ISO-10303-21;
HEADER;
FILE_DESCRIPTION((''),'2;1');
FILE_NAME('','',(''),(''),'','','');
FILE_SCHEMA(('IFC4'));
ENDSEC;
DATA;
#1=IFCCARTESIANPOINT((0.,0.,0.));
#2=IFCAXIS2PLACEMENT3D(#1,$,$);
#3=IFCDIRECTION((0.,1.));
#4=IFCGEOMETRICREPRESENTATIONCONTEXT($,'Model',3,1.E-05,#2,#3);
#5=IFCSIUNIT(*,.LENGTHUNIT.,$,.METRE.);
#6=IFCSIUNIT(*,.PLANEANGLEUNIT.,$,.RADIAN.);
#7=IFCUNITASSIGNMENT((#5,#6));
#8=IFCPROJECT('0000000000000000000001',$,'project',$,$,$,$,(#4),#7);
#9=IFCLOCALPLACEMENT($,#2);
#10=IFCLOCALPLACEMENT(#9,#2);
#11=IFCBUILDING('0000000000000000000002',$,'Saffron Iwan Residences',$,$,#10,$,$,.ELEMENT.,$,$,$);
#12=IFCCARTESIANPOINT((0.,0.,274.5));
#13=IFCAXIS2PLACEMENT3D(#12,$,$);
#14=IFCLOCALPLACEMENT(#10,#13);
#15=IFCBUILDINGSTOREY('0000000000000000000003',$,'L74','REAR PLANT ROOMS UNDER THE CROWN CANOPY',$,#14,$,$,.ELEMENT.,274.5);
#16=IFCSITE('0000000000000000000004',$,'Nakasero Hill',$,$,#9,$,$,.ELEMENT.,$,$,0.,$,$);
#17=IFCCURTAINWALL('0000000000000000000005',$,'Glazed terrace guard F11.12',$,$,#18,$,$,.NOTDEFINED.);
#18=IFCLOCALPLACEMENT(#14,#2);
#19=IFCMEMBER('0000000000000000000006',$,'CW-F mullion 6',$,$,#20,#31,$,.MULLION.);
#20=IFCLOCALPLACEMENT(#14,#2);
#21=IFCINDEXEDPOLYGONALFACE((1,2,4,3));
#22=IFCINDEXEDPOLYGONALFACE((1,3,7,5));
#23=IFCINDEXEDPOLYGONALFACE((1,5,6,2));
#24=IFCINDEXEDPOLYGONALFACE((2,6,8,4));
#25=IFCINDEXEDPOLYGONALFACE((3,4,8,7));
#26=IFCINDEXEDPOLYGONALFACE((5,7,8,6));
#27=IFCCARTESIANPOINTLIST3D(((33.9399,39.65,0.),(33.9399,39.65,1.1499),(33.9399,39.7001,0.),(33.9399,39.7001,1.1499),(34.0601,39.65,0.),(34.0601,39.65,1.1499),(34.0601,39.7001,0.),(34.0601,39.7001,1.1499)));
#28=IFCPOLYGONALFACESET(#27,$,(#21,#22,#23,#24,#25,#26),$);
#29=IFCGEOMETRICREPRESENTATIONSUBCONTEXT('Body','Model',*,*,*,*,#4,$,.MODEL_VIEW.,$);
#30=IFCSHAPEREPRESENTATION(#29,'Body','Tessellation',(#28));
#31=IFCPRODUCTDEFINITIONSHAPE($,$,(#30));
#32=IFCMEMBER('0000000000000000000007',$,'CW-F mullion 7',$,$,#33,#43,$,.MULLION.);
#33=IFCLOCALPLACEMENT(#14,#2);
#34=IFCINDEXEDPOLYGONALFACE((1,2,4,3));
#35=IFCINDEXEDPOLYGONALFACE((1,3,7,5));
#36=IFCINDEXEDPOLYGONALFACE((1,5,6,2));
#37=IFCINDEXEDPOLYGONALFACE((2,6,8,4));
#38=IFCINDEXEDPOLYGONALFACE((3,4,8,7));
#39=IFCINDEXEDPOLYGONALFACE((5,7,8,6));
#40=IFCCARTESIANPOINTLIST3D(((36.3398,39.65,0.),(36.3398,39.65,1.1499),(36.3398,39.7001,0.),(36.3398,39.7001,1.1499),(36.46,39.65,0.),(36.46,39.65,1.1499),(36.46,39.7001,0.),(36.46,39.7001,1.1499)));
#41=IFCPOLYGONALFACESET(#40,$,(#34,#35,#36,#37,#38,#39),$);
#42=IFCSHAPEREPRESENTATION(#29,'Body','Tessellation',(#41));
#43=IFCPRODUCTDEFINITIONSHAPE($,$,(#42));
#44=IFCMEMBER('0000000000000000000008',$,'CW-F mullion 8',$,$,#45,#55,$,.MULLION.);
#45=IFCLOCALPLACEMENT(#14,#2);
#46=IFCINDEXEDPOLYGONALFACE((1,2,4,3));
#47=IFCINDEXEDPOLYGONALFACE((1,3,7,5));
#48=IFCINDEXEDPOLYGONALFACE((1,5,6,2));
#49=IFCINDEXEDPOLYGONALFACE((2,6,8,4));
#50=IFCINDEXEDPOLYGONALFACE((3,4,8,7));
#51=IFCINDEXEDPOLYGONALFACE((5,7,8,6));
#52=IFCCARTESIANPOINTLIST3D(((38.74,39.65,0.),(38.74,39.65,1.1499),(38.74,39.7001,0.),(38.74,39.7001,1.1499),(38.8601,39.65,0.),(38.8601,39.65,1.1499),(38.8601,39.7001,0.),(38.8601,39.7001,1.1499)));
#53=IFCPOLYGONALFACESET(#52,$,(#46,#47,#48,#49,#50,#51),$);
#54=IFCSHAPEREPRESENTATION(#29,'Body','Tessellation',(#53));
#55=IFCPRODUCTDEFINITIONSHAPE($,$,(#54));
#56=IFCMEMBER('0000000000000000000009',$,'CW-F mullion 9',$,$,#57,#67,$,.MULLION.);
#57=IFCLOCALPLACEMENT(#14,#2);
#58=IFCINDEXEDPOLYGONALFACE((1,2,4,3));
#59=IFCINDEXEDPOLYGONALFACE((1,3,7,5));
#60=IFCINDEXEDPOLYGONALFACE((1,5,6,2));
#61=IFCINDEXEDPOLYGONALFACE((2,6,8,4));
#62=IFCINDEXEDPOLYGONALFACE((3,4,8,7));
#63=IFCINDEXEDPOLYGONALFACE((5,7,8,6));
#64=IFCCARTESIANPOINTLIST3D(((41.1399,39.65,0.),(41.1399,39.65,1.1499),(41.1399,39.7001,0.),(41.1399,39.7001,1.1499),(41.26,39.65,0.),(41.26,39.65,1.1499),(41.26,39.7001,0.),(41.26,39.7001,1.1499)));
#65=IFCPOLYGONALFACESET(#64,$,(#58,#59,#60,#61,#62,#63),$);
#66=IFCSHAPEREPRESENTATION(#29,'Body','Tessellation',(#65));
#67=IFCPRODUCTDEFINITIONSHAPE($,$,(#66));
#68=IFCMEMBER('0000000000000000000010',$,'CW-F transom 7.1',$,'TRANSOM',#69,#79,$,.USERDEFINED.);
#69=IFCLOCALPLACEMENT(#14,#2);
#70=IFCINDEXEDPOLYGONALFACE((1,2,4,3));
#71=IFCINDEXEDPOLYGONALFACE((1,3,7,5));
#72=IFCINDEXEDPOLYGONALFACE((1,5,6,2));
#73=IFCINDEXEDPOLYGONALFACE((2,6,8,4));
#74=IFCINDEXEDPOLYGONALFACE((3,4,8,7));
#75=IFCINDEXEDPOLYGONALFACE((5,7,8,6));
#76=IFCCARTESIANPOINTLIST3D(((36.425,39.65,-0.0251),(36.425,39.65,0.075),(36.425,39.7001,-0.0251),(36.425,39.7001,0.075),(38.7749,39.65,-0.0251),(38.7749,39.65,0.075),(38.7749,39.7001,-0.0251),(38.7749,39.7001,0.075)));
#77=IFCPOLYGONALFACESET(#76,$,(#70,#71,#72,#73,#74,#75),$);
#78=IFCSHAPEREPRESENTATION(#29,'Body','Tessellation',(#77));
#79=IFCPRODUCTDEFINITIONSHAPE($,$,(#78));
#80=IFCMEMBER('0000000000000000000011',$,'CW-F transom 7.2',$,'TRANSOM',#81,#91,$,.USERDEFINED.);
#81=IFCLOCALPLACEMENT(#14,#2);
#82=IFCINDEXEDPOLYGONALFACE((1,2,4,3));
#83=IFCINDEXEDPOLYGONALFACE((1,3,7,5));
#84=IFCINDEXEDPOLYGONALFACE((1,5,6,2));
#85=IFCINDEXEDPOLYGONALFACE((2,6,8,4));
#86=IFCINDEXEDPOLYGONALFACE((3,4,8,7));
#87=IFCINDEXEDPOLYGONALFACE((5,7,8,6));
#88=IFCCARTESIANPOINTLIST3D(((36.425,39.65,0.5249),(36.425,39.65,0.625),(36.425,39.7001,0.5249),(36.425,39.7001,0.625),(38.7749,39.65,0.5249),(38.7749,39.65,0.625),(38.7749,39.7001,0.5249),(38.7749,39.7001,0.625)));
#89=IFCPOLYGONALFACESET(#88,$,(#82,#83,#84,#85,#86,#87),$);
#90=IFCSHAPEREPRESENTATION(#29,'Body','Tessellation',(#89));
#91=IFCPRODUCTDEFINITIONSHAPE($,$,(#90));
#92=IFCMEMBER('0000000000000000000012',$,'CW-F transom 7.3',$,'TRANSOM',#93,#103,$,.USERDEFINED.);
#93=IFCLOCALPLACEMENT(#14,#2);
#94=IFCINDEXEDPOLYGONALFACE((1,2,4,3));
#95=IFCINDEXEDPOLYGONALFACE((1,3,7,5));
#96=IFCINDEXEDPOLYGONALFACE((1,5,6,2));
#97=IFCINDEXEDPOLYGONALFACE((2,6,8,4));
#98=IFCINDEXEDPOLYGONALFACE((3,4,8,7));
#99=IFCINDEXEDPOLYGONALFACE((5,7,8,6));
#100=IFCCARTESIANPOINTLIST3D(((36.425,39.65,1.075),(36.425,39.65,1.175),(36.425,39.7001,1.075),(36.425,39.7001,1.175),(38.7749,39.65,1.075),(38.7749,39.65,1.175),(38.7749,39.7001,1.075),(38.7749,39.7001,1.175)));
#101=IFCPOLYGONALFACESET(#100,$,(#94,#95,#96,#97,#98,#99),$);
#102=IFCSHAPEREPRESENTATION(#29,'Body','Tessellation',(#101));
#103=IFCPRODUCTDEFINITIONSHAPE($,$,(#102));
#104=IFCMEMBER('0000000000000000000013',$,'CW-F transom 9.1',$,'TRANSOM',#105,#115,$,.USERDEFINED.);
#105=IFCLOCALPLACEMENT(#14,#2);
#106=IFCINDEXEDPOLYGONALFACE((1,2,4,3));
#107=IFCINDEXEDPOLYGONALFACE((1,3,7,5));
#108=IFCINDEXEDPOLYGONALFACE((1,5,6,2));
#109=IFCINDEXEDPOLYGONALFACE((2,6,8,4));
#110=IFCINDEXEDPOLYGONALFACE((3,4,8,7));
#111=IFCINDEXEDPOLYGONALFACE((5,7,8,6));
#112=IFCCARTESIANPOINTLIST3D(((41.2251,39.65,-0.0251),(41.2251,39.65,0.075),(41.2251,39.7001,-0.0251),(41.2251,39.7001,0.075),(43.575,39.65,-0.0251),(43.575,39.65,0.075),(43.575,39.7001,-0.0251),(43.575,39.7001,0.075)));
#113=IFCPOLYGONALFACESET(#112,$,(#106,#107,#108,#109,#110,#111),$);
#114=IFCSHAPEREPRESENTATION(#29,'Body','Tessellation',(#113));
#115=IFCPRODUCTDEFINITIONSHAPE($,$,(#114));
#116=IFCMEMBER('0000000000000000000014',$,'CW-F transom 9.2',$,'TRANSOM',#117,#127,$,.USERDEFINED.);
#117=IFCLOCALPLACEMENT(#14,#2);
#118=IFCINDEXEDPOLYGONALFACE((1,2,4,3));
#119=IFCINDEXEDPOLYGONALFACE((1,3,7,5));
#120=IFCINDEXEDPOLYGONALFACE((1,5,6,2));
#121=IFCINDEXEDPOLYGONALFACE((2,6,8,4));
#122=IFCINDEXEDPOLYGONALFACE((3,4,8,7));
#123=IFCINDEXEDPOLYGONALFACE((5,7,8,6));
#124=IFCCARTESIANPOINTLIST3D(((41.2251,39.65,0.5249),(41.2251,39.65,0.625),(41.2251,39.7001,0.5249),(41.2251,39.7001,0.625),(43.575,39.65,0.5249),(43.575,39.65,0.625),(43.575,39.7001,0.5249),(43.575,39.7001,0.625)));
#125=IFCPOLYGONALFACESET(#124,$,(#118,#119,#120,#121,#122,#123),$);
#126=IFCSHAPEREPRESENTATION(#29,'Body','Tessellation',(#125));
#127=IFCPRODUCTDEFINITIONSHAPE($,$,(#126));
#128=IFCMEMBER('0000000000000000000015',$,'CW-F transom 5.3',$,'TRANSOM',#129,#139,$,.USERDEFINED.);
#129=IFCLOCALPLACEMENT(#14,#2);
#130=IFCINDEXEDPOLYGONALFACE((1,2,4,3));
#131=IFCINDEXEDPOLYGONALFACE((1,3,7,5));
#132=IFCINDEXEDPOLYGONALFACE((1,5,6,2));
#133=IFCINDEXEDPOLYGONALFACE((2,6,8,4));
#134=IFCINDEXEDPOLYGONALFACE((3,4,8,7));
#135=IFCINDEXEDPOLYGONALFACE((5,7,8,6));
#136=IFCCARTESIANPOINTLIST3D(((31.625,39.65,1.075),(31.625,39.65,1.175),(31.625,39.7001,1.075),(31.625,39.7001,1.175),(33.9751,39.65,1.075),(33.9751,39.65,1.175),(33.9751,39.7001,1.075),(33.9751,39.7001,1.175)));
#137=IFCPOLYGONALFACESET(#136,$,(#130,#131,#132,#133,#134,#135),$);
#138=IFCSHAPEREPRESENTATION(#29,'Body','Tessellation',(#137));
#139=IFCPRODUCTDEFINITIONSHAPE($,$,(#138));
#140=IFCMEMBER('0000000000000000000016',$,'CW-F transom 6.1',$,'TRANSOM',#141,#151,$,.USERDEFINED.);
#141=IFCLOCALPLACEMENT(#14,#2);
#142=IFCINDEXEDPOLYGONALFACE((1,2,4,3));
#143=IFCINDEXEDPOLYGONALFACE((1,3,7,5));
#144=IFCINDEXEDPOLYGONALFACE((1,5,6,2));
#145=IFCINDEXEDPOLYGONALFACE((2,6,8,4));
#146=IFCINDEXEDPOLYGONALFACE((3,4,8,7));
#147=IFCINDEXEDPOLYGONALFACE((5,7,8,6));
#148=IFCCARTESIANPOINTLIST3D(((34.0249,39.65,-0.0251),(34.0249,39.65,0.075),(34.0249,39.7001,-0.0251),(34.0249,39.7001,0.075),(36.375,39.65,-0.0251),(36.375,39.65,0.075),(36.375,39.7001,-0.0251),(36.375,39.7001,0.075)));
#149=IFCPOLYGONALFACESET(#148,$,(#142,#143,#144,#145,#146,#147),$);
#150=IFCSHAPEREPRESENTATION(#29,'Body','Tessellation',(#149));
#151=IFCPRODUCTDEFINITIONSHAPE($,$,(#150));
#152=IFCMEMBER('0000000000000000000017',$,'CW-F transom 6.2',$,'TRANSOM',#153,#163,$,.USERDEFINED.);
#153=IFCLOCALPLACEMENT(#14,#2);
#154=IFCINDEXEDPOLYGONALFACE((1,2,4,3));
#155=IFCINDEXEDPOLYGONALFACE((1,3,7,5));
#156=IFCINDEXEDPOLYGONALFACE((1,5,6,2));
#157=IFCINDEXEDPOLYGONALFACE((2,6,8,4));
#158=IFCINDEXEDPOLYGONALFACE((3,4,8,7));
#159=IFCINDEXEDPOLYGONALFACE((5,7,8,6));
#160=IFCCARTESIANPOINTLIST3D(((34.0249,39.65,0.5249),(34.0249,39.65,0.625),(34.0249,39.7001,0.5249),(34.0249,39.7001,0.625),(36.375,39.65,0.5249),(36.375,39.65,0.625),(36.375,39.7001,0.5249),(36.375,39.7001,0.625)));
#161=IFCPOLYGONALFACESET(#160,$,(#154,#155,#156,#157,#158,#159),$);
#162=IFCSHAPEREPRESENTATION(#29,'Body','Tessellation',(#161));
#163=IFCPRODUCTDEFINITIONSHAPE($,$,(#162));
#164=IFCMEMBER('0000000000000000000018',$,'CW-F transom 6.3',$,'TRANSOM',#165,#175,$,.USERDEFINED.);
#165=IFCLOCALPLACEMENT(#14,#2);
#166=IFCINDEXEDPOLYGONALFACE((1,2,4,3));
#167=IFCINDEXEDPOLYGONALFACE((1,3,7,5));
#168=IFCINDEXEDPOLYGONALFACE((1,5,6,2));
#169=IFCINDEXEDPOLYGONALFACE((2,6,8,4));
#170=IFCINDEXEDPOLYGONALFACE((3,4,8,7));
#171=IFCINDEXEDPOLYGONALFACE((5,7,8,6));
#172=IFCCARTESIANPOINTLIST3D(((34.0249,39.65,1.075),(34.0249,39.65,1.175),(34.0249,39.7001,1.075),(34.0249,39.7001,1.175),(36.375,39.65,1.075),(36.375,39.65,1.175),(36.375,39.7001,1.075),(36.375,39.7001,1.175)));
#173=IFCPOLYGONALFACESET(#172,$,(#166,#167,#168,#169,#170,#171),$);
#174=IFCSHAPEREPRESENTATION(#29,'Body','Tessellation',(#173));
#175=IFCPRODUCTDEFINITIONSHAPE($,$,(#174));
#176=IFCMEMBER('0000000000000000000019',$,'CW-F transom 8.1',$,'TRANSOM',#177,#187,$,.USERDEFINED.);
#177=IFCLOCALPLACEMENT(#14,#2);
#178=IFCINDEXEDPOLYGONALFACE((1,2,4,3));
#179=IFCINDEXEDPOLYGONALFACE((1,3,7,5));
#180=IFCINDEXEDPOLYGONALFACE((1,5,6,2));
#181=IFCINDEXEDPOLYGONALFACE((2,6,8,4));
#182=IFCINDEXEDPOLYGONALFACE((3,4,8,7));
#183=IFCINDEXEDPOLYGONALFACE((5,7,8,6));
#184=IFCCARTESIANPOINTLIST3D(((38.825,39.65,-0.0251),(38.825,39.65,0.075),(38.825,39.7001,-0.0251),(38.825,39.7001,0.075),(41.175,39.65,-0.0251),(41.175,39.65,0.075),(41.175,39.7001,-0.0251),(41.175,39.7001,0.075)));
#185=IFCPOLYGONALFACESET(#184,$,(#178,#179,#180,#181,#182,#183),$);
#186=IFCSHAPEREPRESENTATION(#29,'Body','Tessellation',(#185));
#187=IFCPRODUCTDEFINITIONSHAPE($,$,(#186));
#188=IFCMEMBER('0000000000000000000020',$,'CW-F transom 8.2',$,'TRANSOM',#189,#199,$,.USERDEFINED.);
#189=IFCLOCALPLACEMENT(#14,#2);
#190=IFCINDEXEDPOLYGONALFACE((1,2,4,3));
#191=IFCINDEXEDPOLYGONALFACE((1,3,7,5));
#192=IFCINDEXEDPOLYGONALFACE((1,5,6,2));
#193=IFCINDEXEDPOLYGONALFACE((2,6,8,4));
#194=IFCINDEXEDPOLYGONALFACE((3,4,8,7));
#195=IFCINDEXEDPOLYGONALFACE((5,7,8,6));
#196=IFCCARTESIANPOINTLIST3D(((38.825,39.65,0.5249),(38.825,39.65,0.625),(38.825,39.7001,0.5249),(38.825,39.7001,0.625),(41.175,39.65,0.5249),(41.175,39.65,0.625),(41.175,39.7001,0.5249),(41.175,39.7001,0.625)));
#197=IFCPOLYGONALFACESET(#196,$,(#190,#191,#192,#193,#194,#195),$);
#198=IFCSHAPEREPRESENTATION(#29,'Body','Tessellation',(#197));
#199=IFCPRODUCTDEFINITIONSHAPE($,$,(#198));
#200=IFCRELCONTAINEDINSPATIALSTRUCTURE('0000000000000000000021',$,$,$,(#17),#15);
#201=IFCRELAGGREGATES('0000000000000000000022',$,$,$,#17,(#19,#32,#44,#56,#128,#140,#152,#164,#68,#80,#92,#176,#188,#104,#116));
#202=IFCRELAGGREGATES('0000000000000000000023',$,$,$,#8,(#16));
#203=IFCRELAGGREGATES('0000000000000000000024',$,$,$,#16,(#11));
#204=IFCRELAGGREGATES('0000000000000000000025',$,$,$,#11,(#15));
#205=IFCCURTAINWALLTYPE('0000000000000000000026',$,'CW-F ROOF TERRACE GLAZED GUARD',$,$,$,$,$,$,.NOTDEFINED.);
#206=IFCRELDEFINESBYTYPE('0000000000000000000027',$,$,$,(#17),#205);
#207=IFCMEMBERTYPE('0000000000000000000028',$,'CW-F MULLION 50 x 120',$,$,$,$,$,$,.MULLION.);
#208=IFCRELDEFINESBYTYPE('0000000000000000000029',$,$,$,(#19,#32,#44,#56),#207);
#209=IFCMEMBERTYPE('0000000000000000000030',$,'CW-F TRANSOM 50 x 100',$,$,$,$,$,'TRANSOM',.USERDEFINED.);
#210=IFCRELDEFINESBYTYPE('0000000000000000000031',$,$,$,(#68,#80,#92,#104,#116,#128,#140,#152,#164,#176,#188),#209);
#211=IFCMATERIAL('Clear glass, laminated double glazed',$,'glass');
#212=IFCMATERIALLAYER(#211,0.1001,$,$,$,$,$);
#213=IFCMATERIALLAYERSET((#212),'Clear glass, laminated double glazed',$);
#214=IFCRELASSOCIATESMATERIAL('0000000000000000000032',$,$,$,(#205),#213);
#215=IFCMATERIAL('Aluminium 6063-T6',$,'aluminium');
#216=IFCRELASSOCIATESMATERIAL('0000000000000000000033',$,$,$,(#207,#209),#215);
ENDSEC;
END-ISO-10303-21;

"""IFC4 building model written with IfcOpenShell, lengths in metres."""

from ifc_helpers import new_model, si_unit, direction, frame, origin, origin_2d, place, context, subcontext, project, spatial, rectangle, extrude, source, transform, mapped, material, layer, layer_set, material_profile, profile_set, type_object, element, aggregate, save


model = new_model("IFC4")

# Units and contexts
model_context = context("Model", 3, precision=1e-05, world=origin(), true_north=direction((0.0, 1.0)))
body_context = subcontext(model_context, "Body", "Model", "MODEL_VIEW")
ifc_project = project(units=[si_unit("LENGTHUNIT", "METRE"), si_unit("PLANEANGLEUNIT", "RADIAN")], contexts=[model_context])

# Site, building, storey
site_placement = place(None, origin())
site = spatial("IfcSite", under=ifc_project, at=site_placement, Name="Nakasero Hill", CompositionType="ELEMENT", RefElevation=0.0)
building_placement = place(site_placement, origin())
building = spatial("IfcBuilding", under=site, at=building_placement, Name="Saffron Iwan Residences", CompositionType="ELEMENT")
storey_placement = place(building_placement, frame((0.0, 0.0, 274.5)))
storey = spatial("IfcBuildingStorey", under=building, at=storey_placement, Name="L74", Description="REAR PLANT ROOMS UNDER THE CROWN CANOPY", CompositionType="ELEMENT", Elevation=274.5)

# Curtain wall, members
ifc_material_1 = material(Name="Clear glass, laminated double glazed", Category="glass")
ifc_layer_1 = layer(ifc_material_1, 0.1001)
ifc_layer_set_1 = layer_set([ifc_layer_1], Name="Clear glass, laminated double glazed")
curtain_wall_type = type_object("IfcCurtainWallType", Name="CW-F ROOF TERRACE GLAZED GUARD", PredefinedType="NOTDEFINED", material=ifc_layer_set_1)
curtain_wall_placement = place(storey_placement, origin())
curtain_wall = element("IfcCurtainWall", 1, at=curtain_wall_placement, inside=storey, type_object=curtain_wall_type, Name="Glazed terrace guard F11.12", PredefinedType="NOTDEFINED")
ifc_material_2 = material(Name="Aluminium 6063-T6", Category="aluminium")
ifc_material_profile_1 = material_profile(ifc_material_2, rectangle(XDim=0.05, YDim=0.1201, at=origin_2d()), Name="CW-F MULLION 50 x 120")
ifc_profile_set_1 = profile_set([ifc_material_profile_1], Name="Aluminium 6063-T6")
member_type_1 = type_object("IfcMemberType", Name="CW-F MULLION 50 x 120", PredefinedType="MULLION", material=ifc_profile_set_1)
shared_shape_1 = source(origin(), body_context, "Body", "SweptSolid", [
    extrude(rectangle(XDim=0.05, YDim=0.1201, at=origin_2d()), origin(), (0.0, 0.0, 1.0), 1.1499),
])
member_1_placement = place(storey_placement, frame((34.0, 39.675, 0.0), z_axis=(0.0, 0.0, 1.0), x_axis=(0.0, 1.0, 0.0)))
member_1 = element("IfcMember", 2, at=member_1_placement, type_object=member_type_1, Name="CW-F mullion 6", PredefinedType="MULLION", context=body_context, shape_type="MappedRepresentation", body=[
    mapped(shared_shape_1, transform((0.0, 0.0, 0.0))),
])
member_2_placement = place(storey_placement, frame((36.3999, 39.675, 0.0), z_axis=(0.0, 0.0, 1.0), x_axis=(0.0, 1.0, 0.0)))
member_2 = element("IfcMember", 3, at=member_2_placement, type_object=member_type_1, Name="CW-F mullion 7", PredefinedType="MULLION", context=body_context, shape_type="MappedRepresentation", body=[
    mapped(shared_shape_1, transform((0.0, 0.0, 0.0))),
])
member_3_placement = place(storey_placement, frame((38.8, 39.675, 0.0), z_axis=(0.0, 0.0, 1.0), x_axis=(0.0, 1.0, 0.0)))
member_3 = element("IfcMember", 4, at=member_3_placement, type_object=member_type_1, Name="CW-F mullion 8", PredefinedType="MULLION", context=body_context, shape_type="MappedRepresentation", body=[
    mapped(shared_shape_1, transform((0.0, 0.0, 0.0))),
])
member_4_placement = place(storey_placement, frame((41.2, 39.675, 0.0), z_axis=(0.0, 0.0, 1.0), x_axis=(0.0, 1.0, 0.0)))
member_4 = element("IfcMember", 5, at=member_4_placement, type_object=member_type_1, Name="CW-F mullion 9", PredefinedType="MULLION", context=body_context, shape_type="MappedRepresentation", body=[
    mapped(shared_shape_1, transform((0.0, 0.0, 0.0))),
])
ifc_material_profile_2 = material_profile(ifc_material_2, rectangle(XDim=0.05, YDim=0.1001, at=origin_2d()), Name="CW-F TRANSOM 50 x 100")
ifc_profile_set_2 = profile_set([ifc_material_profile_2], Name="Aluminium 6063-T6")
member_type_2 = type_object("IfcMemberType", Name="CW-F TRANSOM 50 x 100", ElementType="TRANSOM", PredefinedType="USERDEFINED", material=ifc_profile_set_2)
shared_shape_2 = source(origin(), body_context, "Body", "SweptSolid", [
    extrude(rectangle(XDim=0.05, YDim=0.1001, at=origin_2d()), origin(), (0.0, 0.0, 1.0), 2.3499),
])
member_5_placement = place(storey_placement, frame((36.425, 39.675, 0.0249), z_axis=(1.0, 0.0, 0.0), x_axis=(0.0, 1.0, 0.0)))
member_5 = element("IfcMember", 6, at=member_5_placement, type_object=member_type_2, Name="CW-F transom 7.1", ObjectType="TRANSOM", PredefinedType="USERDEFINED", context=body_context, shape_type="MappedRepresentation", body=[
    mapped(shared_shape_2, transform((0.0, 0.0, 0.0))),
])
member_6_placement = place(storey_placement, frame((36.425, 39.675, 0.575), z_axis=(1.0, 0.0, 0.0), x_axis=(0.0, 1.0, 0.0)))
member_6 = element("IfcMember", 7, at=member_6_placement, type_object=member_type_2, Name="CW-F transom 7.2", ObjectType="TRANSOM", PredefinedType="USERDEFINED", context=body_context, shape_type="MappedRepresentation", body=[
    mapped(shared_shape_2, transform((0.0, 0.0, 0.0))),
])
member_7_placement = place(storey_placement, frame((36.425, 39.675, 1.125), z_axis=(1.0, 0.0, 0.0), x_axis=(0.0, 1.0, 0.0)))
member_7 = element("IfcMember", 8, at=member_7_placement, type_object=member_type_2, Name="CW-F transom 7.3", ObjectType="TRANSOM", PredefinedType="USERDEFINED", context=body_context, shape_type="MappedRepresentation", body=[
    mapped(shared_shape_2, transform((0.0, 0.0, 0.0))),
])
member_8_placement = place(storey_placement, frame((41.2251, 39.675, 0.0249), z_axis=(1.0, 0.0, 0.0), x_axis=(0.0, 1.0, 0.0)))
member_8 = element("IfcMember", 9, at=member_8_placement, type_object=member_type_2, Name="CW-F transom 9.1", ObjectType="TRANSOM", PredefinedType="USERDEFINED", context=body_context, shape_type="MappedRepresentation", body=[
    mapped(shared_shape_2, transform((0.0, 0.0, 0.0))),
])
member_9_placement = place(storey_placement, frame((41.2251, 39.675, 0.575), z_axis=(1.0, 0.0, 0.0), x_axis=(0.0, 1.0, 0.0)))
member_9 = element("IfcMember", 10, at=member_9_placement, type_object=member_type_2, Name="CW-F transom 9.2", ObjectType="TRANSOM", PredefinedType="USERDEFINED", context=body_context, shape_type="MappedRepresentation", body=[
    mapped(shared_shape_2, transform((0.0, 0.0, 0.0))),
])
shared_shape_3 = source(origin(), body_context, "Body", "SweptSolid", [
    extrude(rectangle(XDim=0.05, YDim=0.1001, at=origin_2d()), origin(), (0.0, 0.0, 1.0), 2.3501),
])
member_10_placement = place(storey_placement, frame((31.625, 39.675, 1.125), z_axis=(1.0, 0.0, 0.0), x_axis=(0.0, 1.0, 0.0)))
member_10 = element("IfcMember", 11, at=member_10_placement, type_object=member_type_2, Name="CW-F transom 5.3", ObjectType="TRANSOM", PredefinedType="USERDEFINED", context=body_context, shape_type="MappedRepresentation", body=[
    mapped(shared_shape_3, transform((0.0, 0.0, 0.0))),
])
member_11_placement = place(storey_placement, frame((34.0249, 39.675, 0.0249), z_axis=(1.0, 0.0, 0.0), x_axis=(0.0, 1.0, 0.0)))
member_11 = element("IfcMember", 12, at=member_11_placement, type_object=member_type_2, Name="CW-F transom 6.1", ObjectType="TRANSOM", PredefinedType="USERDEFINED", context=body_context, shape_type="MappedRepresentation", body=[
    mapped(shared_shape_3, transform((0.0, 0.0, 0.0))),
])
member_12_placement = place(storey_placement, frame((34.0249, 39.675, 0.575), z_axis=(1.0, 0.0, 0.0), x_axis=(0.0, 1.0, 0.0)))
member_12 = element("IfcMember", 13, at=member_12_placement, type_object=member_type_2, Name="CW-F transom 6.2", ObjectType="TRANSOM", PredefinedType="USERDEFINED", context=body_context, shape_type="MappedRepresentation", body=[
    mapped(shared_shape_3, transform((0.0, 0.0, 0.0))),
])
member_13_placement = place(storey_placement, frame((34.0249, 39.675, 1.125), z_axis=(1.0, 0.0, 0.0), x_axis=(0.0, 1.0, 0.0)))
member_13 = element("IfcMember", 14, at=member_13_placement, type_object=member_type_2, Name="CW-F transom 6.3", ObjectType="TRANSOM", PredefinedType="USERDEFINED", context=body_context, shape_type="MappedRepresentation", body=[
    mapped(shared_shape_3, transform((0.0, 0.0, 0.0))),
])
member_14_placement = place(storey_placement, frame((38.825, 39.675, 0.0249), z_axis=(1.0, 0.0, 0.0), x_axis=(0.0, 1.0, 0.0)))
member_14 = element("IfcMember", 15, at=member_14_placement, type_object=member_type_2, Name="CW-F transom 8.1", ObjectType="TRANSOM", PredefinedType="USERDEFINED", context=body_context, shape_type="MappedRepresentation", body=[
    mapped(shared_shape_3, transform((0.0, 0.0, 0.0))),
])
member_15_placement = place(storey_placement, frame((38.825, 39.675, 0.575), z_axis=(1.0, 0.0, 0.0), x_axis=(0.0, 1.0, 0.0)))
member_15 = element("IfcMember", 16, at=member_15_placement, type_object=member_type_2, Name="CW-F transom 8.2", ObjectType="TRANSOM", PredefinedType="USERDEFINED", context=body_context, shape_type="MappedRepresentation", body=[
    mapped(shared_shape_3, transform((0.0, 0.0, 0.0))),
])
aggregate(curtain_wall, [member_1, member_2, member_3, member_4, member_10, member_11, member_12, member_13, member_5, member_6, member_7, member_14, member_15, member_8, member_9])

save(model, "model.ifc")
